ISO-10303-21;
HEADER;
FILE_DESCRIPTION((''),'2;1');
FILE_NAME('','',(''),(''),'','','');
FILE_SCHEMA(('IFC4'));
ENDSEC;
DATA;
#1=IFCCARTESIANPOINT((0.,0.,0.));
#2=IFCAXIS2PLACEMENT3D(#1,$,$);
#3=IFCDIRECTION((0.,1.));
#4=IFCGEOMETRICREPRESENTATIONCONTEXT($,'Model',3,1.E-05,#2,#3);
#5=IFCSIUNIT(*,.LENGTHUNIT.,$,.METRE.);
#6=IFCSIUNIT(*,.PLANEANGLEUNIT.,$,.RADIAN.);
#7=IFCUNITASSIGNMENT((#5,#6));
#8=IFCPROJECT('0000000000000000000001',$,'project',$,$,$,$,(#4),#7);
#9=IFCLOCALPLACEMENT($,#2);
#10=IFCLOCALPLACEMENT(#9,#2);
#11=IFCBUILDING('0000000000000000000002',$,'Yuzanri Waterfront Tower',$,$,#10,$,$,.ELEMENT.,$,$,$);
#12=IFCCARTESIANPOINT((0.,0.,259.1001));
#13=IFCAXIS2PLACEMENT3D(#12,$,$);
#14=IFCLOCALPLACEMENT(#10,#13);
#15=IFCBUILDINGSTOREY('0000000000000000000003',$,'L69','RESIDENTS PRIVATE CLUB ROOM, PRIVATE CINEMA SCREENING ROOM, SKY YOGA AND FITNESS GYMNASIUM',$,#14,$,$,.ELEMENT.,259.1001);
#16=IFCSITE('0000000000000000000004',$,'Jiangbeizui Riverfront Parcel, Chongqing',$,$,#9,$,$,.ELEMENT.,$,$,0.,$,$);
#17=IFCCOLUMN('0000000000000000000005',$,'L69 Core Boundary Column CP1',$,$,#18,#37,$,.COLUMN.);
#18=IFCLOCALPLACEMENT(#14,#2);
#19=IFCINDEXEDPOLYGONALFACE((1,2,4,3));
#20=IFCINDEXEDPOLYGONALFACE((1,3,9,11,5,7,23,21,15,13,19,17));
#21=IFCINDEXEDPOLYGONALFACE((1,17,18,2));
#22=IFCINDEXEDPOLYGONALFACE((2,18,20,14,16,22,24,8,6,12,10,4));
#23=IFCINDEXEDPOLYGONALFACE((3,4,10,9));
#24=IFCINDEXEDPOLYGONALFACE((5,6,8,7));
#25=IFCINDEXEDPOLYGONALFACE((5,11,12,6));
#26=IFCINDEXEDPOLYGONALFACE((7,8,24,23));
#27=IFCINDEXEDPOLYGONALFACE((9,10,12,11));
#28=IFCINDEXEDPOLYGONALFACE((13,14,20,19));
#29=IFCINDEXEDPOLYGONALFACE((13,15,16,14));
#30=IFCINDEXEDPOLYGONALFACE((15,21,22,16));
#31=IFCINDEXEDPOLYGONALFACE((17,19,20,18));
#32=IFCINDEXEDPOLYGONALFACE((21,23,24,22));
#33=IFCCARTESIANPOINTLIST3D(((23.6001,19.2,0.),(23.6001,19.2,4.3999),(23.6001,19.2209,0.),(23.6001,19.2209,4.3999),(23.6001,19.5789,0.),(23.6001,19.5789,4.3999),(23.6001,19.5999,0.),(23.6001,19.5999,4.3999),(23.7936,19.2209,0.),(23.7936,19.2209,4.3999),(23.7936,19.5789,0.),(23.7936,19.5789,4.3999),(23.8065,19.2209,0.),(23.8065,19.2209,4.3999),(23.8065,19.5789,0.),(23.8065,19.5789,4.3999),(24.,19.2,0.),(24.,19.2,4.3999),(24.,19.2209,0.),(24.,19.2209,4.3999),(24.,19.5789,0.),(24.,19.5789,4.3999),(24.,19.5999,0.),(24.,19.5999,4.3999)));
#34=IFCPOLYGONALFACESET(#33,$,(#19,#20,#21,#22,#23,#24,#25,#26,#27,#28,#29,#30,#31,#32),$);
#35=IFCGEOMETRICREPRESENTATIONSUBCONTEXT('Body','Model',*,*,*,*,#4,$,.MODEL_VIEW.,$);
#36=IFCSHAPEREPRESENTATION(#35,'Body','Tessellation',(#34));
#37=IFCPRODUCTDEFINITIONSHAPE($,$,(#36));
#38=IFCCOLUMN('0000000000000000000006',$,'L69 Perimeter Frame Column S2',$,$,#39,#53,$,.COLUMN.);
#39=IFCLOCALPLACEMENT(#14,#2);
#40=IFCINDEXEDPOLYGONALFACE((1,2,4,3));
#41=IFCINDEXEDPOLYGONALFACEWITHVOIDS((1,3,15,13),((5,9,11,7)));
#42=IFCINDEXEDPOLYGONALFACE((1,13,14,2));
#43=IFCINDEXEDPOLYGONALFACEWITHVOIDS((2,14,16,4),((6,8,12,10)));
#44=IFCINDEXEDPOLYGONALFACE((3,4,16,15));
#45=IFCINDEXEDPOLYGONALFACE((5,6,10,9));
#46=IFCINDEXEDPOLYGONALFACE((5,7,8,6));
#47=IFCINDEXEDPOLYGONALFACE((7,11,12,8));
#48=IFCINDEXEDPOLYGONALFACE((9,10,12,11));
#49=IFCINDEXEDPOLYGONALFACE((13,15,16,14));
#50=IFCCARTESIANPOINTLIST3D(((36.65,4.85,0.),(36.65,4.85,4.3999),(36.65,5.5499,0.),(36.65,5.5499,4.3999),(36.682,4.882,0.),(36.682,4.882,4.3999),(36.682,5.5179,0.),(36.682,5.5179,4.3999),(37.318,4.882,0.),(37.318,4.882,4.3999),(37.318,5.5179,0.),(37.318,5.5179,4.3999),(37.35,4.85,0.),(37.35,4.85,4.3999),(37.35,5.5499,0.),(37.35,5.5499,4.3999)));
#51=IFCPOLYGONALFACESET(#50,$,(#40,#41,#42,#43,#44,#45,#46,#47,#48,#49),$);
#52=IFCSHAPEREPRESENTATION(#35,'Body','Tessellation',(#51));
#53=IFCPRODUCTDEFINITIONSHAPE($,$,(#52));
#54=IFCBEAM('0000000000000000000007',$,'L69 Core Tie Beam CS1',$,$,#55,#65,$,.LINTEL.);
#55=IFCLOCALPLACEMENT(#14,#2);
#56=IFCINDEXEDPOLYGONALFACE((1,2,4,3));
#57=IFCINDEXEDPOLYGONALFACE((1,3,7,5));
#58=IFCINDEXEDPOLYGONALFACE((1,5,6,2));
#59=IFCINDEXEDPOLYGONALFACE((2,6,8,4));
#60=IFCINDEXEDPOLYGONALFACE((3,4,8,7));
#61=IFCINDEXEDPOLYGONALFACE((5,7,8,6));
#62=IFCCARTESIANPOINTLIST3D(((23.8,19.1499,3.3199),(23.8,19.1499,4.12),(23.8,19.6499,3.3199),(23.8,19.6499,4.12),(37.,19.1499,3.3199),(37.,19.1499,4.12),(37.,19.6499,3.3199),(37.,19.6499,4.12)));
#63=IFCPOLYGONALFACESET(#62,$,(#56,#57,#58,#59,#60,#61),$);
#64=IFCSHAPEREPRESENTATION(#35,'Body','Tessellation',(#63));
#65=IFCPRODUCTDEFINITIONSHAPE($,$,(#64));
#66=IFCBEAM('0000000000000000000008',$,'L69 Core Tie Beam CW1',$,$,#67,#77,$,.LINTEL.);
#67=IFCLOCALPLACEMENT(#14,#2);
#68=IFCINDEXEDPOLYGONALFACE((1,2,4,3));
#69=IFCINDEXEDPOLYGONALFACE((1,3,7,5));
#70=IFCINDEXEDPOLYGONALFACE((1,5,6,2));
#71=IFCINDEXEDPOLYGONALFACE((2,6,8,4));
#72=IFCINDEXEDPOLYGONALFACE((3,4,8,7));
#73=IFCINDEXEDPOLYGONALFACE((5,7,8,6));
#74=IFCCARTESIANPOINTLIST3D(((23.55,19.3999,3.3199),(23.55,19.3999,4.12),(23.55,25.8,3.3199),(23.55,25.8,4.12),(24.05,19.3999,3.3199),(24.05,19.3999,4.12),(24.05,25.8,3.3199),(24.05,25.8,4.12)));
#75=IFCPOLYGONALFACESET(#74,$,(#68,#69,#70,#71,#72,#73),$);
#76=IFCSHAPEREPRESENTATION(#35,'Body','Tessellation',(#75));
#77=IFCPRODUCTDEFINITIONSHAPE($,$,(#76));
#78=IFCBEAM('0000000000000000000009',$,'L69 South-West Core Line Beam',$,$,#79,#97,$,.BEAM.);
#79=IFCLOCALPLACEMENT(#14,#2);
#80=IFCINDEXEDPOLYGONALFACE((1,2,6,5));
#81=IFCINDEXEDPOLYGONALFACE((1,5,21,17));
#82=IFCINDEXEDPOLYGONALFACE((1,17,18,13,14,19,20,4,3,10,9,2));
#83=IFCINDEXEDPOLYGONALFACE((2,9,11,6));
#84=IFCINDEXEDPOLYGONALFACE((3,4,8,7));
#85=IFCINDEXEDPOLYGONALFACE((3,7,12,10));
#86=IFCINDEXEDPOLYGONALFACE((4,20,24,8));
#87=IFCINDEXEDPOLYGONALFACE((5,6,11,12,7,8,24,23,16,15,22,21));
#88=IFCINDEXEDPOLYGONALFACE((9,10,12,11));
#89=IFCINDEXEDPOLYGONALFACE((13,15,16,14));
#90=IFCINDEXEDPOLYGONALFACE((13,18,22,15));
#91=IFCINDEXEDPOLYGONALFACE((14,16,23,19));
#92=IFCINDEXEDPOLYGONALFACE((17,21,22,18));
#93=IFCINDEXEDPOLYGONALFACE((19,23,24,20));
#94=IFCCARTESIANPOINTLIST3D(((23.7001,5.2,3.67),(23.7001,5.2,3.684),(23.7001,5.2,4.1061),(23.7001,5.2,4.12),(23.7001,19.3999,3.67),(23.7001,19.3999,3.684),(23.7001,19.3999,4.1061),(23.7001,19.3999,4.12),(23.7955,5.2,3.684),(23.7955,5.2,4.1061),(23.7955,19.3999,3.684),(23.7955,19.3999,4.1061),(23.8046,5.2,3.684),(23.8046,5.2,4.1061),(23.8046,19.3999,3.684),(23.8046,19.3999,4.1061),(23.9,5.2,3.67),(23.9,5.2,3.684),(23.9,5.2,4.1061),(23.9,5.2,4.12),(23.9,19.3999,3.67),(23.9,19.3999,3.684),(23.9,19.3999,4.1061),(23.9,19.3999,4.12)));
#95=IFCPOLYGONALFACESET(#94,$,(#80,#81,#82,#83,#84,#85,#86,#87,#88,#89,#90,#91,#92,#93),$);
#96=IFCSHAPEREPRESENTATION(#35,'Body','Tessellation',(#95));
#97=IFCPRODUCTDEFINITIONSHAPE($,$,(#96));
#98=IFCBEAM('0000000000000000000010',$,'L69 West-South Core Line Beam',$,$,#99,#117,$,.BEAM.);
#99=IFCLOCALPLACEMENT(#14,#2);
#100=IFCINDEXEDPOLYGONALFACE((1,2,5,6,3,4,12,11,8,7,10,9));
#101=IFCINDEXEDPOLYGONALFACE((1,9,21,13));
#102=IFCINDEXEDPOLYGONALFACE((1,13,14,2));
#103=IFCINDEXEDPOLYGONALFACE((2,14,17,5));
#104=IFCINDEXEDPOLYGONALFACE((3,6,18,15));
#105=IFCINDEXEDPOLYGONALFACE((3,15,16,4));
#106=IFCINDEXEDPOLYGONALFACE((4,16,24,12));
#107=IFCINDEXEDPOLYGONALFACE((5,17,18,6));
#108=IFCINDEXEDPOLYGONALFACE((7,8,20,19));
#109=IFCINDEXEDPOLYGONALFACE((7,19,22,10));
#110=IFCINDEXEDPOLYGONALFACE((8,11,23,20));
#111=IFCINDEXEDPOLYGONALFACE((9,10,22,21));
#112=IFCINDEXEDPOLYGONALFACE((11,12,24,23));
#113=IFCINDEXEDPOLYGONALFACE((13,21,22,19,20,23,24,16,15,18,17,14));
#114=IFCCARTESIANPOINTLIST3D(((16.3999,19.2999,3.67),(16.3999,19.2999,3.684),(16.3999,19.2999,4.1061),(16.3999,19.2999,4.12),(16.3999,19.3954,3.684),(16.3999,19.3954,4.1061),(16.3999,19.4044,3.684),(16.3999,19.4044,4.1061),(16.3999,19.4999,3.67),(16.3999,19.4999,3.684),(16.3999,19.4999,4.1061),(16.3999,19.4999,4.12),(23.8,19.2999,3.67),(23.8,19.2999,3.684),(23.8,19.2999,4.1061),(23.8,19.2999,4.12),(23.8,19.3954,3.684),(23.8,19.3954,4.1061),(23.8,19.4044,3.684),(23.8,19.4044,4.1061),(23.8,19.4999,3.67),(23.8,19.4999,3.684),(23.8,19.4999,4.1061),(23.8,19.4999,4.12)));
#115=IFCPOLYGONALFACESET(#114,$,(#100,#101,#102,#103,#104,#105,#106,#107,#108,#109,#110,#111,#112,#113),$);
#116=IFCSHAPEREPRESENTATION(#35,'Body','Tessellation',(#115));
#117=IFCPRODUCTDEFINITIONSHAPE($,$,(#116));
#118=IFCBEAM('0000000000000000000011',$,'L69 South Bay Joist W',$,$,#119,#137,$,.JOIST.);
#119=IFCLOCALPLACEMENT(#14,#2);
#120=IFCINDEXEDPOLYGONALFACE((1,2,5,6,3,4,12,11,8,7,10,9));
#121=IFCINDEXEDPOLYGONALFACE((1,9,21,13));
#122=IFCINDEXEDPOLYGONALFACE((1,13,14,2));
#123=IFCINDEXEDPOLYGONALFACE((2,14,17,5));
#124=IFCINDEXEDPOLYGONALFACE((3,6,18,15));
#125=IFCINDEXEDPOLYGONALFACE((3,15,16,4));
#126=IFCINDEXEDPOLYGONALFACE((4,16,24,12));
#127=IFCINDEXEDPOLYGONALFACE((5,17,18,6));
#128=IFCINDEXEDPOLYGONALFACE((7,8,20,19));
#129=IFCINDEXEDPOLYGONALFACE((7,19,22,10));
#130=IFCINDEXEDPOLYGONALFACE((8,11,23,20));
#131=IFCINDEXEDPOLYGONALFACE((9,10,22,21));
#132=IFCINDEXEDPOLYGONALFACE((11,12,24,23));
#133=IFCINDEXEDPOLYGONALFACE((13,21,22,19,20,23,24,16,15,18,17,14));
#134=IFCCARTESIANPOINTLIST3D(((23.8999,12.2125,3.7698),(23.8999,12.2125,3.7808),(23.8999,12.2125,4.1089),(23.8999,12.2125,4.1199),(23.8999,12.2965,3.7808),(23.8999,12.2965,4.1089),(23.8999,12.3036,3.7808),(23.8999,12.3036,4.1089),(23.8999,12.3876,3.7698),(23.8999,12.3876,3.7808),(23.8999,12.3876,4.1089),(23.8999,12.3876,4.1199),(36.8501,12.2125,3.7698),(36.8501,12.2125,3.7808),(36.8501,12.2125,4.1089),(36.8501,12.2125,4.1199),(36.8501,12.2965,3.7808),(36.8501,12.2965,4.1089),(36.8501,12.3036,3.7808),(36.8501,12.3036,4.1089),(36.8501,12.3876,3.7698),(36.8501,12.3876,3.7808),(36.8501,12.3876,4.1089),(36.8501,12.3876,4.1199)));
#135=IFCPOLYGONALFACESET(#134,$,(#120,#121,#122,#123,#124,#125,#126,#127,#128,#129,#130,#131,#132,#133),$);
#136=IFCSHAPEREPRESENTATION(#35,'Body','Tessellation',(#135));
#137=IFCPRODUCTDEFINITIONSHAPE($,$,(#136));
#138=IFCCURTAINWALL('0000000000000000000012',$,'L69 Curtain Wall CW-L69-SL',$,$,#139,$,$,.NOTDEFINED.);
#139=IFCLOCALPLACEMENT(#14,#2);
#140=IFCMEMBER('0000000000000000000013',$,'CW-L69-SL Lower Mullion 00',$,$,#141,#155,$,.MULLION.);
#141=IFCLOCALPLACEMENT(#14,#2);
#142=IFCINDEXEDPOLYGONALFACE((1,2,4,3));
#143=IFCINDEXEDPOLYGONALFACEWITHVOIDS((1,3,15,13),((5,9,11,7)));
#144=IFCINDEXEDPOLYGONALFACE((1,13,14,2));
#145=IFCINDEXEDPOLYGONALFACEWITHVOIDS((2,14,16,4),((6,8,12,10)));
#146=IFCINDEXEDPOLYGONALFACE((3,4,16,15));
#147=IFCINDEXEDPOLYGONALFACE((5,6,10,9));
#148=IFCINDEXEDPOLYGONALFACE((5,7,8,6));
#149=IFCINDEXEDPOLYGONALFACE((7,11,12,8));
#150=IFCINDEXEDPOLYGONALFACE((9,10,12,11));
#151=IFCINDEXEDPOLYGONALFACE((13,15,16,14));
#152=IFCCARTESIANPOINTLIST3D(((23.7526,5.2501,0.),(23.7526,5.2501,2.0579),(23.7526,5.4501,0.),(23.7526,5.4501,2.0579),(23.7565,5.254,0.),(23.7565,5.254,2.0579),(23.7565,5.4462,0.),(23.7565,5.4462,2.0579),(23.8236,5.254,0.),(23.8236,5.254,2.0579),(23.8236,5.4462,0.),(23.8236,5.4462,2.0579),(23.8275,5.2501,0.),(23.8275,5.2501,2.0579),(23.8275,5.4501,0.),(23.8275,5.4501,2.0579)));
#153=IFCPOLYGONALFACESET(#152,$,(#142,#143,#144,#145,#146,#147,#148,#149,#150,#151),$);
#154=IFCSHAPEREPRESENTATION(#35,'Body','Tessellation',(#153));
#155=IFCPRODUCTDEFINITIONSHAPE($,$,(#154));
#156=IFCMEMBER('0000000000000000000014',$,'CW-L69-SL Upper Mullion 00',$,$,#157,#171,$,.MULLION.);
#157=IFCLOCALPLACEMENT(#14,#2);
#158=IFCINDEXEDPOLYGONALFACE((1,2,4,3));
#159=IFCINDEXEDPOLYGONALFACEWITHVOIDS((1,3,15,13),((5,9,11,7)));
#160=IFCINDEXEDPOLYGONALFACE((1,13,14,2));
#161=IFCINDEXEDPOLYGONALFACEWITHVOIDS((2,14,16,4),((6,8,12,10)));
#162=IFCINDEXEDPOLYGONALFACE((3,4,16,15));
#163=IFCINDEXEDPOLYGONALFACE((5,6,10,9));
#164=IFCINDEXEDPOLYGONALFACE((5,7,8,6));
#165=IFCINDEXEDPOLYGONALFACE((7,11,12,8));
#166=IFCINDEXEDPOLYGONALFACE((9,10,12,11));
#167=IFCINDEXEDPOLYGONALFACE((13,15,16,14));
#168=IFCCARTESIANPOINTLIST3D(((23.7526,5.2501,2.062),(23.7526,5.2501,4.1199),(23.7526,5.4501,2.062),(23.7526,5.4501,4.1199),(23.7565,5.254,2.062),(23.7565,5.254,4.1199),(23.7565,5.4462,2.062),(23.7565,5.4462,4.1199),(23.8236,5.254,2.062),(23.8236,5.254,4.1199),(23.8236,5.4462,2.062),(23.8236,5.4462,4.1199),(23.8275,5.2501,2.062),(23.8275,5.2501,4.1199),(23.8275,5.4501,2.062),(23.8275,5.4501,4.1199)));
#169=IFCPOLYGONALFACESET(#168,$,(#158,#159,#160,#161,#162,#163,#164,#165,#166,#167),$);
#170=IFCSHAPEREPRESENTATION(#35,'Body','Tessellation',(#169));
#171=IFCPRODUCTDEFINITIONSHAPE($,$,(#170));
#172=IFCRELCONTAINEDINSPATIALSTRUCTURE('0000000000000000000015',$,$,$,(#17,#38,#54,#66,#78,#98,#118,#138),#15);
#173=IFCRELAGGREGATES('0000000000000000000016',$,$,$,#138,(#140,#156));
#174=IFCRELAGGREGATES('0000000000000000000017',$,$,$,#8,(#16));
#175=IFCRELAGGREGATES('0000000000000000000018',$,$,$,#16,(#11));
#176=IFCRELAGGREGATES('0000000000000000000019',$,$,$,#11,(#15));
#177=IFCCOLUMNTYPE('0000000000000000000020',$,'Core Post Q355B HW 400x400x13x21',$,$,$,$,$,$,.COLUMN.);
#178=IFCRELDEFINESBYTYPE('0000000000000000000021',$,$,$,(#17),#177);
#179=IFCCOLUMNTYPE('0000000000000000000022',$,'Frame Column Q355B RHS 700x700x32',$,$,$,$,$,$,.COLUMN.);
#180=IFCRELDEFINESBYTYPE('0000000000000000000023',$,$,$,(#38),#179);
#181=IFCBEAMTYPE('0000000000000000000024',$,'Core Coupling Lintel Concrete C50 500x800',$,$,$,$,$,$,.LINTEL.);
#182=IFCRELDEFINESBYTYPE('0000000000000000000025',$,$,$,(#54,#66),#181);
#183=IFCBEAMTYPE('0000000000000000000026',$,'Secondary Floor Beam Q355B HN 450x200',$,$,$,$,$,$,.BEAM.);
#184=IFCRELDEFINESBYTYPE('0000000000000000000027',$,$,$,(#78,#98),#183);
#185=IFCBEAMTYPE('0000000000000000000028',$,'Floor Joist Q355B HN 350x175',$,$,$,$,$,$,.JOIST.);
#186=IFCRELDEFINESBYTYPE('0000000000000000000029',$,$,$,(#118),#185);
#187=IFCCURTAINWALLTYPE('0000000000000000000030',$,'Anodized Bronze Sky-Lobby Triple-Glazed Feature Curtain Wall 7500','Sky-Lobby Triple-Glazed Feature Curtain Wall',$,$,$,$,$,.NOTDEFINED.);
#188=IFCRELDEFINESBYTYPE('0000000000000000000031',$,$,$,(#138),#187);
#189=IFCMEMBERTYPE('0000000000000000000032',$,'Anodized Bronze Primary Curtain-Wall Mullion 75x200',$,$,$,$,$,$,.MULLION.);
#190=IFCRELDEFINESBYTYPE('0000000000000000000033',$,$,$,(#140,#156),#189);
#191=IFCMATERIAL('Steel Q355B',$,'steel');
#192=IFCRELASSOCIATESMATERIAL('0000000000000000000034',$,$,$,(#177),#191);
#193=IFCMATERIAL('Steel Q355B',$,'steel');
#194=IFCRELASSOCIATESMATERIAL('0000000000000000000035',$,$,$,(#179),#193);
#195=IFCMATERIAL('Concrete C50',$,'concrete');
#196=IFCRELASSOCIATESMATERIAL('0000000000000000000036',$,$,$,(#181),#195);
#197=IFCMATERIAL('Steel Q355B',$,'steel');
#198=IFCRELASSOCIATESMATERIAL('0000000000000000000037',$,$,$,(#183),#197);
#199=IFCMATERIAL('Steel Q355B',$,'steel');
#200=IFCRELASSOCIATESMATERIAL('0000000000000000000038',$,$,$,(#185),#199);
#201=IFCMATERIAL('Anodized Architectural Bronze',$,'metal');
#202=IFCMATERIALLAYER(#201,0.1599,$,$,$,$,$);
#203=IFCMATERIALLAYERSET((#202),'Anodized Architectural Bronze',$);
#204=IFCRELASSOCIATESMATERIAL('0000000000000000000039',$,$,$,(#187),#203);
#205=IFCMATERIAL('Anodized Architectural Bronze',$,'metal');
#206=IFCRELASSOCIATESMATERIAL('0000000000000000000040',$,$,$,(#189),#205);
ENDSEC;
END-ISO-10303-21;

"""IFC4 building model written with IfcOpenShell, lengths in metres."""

from ifc_helpers import new_model, si_unit, direction, frame, origin, origin_2d, place, context, subcontext, project, spatial, rectangle, hollow_rectangle, i_section, extrude, source, transform, mapped, material, layer, layer_set, material_profile, profile_set, type_object, element, aggregate, save


model = new_model("IFC4")

# Units and contexts
model_context = context("Model", 3, precision=1e-05, world=origin(), true_north=direction((0.0, 1.0)))
body_context = subcontext(model_context, "Body", "Model", "MODEL_VIEW")
ifc_project = project(units=[si_unit("LENGTHUNIT", "METRE"), si_unit("PLANEANGLEUNIT", "RADIAN")], contexts=[model_context])

# Site, building, storey
site_placement = place(None, origin())
site = spatial("IfcSite", under=ifc_project, at=site_placement, Name="Jiangbeizui Riverfront Parcel, Chongqing", CompositionType="ELEMENT", RefElevation=0.0)
building_placement = place(site_placement, origin())
building = spatial("IfcBuilding", under=site, at=building_placement, Name="Yuzanri Waterfront Tower", CompositionType="ELEMENT")
storey_placement = place(building_placement, frame((0.0, 0.0, 259.1001)))
storey = spatial("IfcBuildingStorey", under=building, at=storey_placement, Name="L69", Description="RESIDENTS PRIVATE CLUB ROOM, PRIVATE CINEMA SCREENING ROOM, SKY YOGA AND FITNESS GYMNASIUM", CompositionType="ELEMENT", Elevation=259.1001)

# Columns
ifc_material_1 = material(Name="Steel Q355B", Category="steel")
ifc_material_profile_1 = material_profile(ifc_material_1, i_section(OverallWidth=0.3999, OverallDepth=0.3999, WebThickness=0.0129, FlangeThickness=0.021, at=origin_2d()), Name="HW 400x400x13x21")
ifc_profile_set_1 = profile_set([ifc_material_profile_1], Name="Steel Q355B")
column_type_1 = type_object("IfcColumnType", Name="Core Post Q355B HW 400x400x13x21", PredefinedType="COLUMN", material=ifc_profile_set_1)
shared_shape_1 = source(origin(), body_context, "Body", "SweptSolid", [
    extrude(i_section(OverallWidth=0.3999, OverallDepth=0.3999, WebThickness=0.0129, FlangeThickness=0.021, at=origin_2d()), origin(), (0.0, 0.0, 1.0), 4.3999),
])
column_1_placement = place(storey_placement, frame((23.8, 19.3999, 0.0), z_axis=(0.0, 0.0, 1.0), x_axis=(1.0, 0.0, 0.0)))
element("IfcColumn", 1, at=column_1_placement, inside=storey, type_object=column_type_1, Name="L69 Core Boundary Column CP1", PredefinedType="COLUMN", context=body_context, shape_type="MappedRepresentation", body=[
    mapped(shared_shape_1, transform((0.0, 0.0, 0.0), scale=1.0)),
])
ifc_material_2 = material(Name="Steel Q355B", Category="steel")
ifc_material_profile_2 = material_profile(ifc_material_2, hollow_rectangle(XDim=0.7, YDim=0.7, WallThickness=0.032, at=origin_2d()), Name="RHS 700x700x32")
ifc_profile_set_2 = profile_set([ifc_material_profile_2], Name="Steel Q355B")
column_type_2 = type_object("IfcColumnType", Name="Frame Column Q355B RHS 700x700x32", PredefinedType="COLUMN", material=ifc_profile_set_2)
shared_shape_2 = source(origin(), body_context, "Body", "SweptSolid", [
    extrude(hollow_rectangle(XDim=0.7, YDim=0.7, WallThickness=0.032, at=origin_2d()), origin(), (0.0, 0.0, 1.0), 4.3999),
])
column_2_placement = place(storey_placement, frame((37.0, 5.2, 0.0), z_axis=(0.0, 0.0, 1.0), x_axis=(1.0, 0.0, 0.0)))
element("IfcColumn", 2, at=column_2_placement, inside=storey, type_object=column_type_2, Name="L69 Perimeter Frame Column S2", PredefinedType="COLUMN", context=body_context, shape_type="MappedRepresentation", body=[
    mapped(shared_shape_2, transform((0.0, 0.0, 0.0), scale=1.0)),
])

# Beams
ifc_material_3 = material(Name="Concrete C50", Category="concrete")
ifc_material_profile_3 = material_profile(ifc_material_3, rectangle(XDim=0.5, YDim=0.8, at=origin_2d()), Name="RC 500x800")
ifc_profile_set_3 = profile_set([ifc_material_profile_3], Name="Concrete C50")
beam_type_1 = type_object("IfcBeamType", Name="Core Coupling Lintel Concrete C50 500x800", PredefinedType="LINTEL", material=ifc_profile_set_3)
shared_shape_3 = source(origin(), body_context, "Body", "SweptSolid", [
    extrude(rectangle(XDim=0.5, YDim=0.8, at=origin_2d()), origin(), (0.0, 0.0, 1.0), 13.2),
])
beam_1_placement = place(storey_placement, frame((23.8, 19.3999, 3.72), z_axis=(1.0, 0.0, 0.0), x_axis=(0.0, 1.0, 0.0)))
element("IfcBeam", 3, at=beam_1_placement, inside=storey, type_object=beam_type_1, Name="L69 Core Tie Beam CS1", PredefinedType="LINTEL", context=body_context, shape_type="MappedRepresentation", body=[
    mapped(shared_shape_3, transform((0.0, 0.0, 0.0), scale=1.0)),
])
shared_shape_4 = source(origin(), body_context, "Body", "SweptSolid", [
    extrude(rectangle(XDim=0.5, YDim=0.8, at=origin_2d()), origin(), (0.0, 0.0, 1.0), 6.4001),
])
beam_2_placement = place(storey_placement, frame((23.8, 19.3999, 3.72), z_axis=(0.0, 1.0, 0.0), x_axis=(-1.0, 0.0, 0.0)))
element("IfcBeam", 4, at=beam_2_placement, inside=storey, type_object=beam_type_1, Name="L69 Core Tie Beam CW1", PredefinedType="LINTEL", context=body_context, shape_type="MappedRepresentation", body=[
    mapped(shared_shape_4, transform((0.0, 0.0, 0.0), scale=1.0)),
])
ifc_material_4 = material(Name="Steel Q355B", Category="steel")
ifc_material_profile_4 = material_profile(ifc_material_4, i_section(OverallWidth=0.2, OverallDepth=0.45, WebThickness=0.009, FlangeThickness=0.0139, at=origin_2d()), Name="HN 450x200x9x14")
ifc_profile_set_4 = profile_set([ifc_material_profile_4], Name="Steel Q355B")
beam_type_2 = type_object("IfcBeamType", Name="Secondary Floor Beam Q355B HN 450x200", PredefinedType="BEAM", material=ifc_profile_set_4)
shared_shape_5 = source(origin(), body_context, "Body", "SweptSolid", [
    extrude(i_section(OverallWidth=0.2, OverallDepth=0.45, WebThickness=0.009, FlangeThickness=0.0139, at=origin_2d()), origin(), (0.0, 0.0, 1.0), 14.2),
])
beam_3_placement = place(storey_placement, frame((23.8, 19.3999, 3.895), z_axis=(0.0, -1.0, 0.0), x_axis=(1.0, 0.0, 0.0)))
element("IfcBeam", 5, at=beam_3_placement, inside=storey, type_object=beam_type_2, Name="L69 South-West Core Line Beam", PredefinedType="BEAM", context=body_context, shape_type="MappedRepresentation", body=[
    mapped(shared_shape_5, transform((0.0, 0.0, 0.0), scale=1.0)),
])
shared_shape_6 = source(origin(), body_context, "Body", "SweptSolid", [
    extrude(i_section(OverallWidth=0.2, OverallDepth=0.45, WebThickness=0.009, FlangeThickness=0.0139, at=origin_2d()), origin(), (0.0, 0.0, 1.0), 7.4001),
])
beam_4_placement = place(storey_placement, frame((23.8, 19.3999, 3.895), z_axis=(-1.0, 0.0, 0.0), x_axis=(0.0, -1.0, 0.0)))
element("IfcBeam", 6, at=beam_4_placement, inside=storey, type_object=beam_type_2, Name="L69 West-South Core Line Beam", PredefinedType="BEAM", context=body_context, shape_type="MappedRepresentation", body=[
    mapped(shared_shape_6, transform((0.0, 0.0, 0.0), scale=1.0)),
])
ifc_material_5 = material(Name="Steel Q355B", Category="steel")
ifc_material_profile_5 = material_profile(ifc_material_5, i_section(OverallWidth=0.175, OverallDepth=0.3501, WebThickness=0.0071, FlangeThickness=0.011, at=origin_2d()), Name="HN 350x175x7x11")
ifc_profile_set_5 = profile_set([ifc_material_profile_5], Name="Steel Q355B")
beam_type_3 = type_object("IfcBeamType", Name="Floor Joist Q355B HN 350x175", PredefinedType="JOIST", material=ifc_profile_set_5)
shared_shape_7 = source(origin(), body_context, "Body", "SweptSolid", [
    extrude(i_section(OverallWidth=0.175, OverallDepth=0.3501, WebThickness=0.0071, FlangeThickness=0.011, at=origin_2d()), origin(), (0.0, 0.0, 1.0), 12.9502),
])
beam_5_placement = place(storey_placement, frame((23.8999, 12.3, 3.9448), z_axis=(1.0, 0.0, 0.0), x_axis=(0.0, 1.0, 0.0)))
element("IfcBeam", 7, at=beam_5_placement, inside=storey, type_object=beam_type_3, Name="L69 South Bay Joist W", PredefinedType="JOIST", context=body_context, shape_type="MappedRepresentation", body=[
    mapped(shared_shape_7, transform((0.0, 0.0, 0.0), scale=1.0)),
])

# Curtain wall, members
ifc_material_6 = material(Name="Anodized Architectural Bronze", Category="metal")
ifc_layer_1 = layer(ifc_material_6, 0.1599)
ifc_layer_set_1 = layer_set([ifc_layer_1], Name="Anodized Architectural Bronze")
curtain_wall_type = type_object("IfcCurtainWallType", Name="Anodized Bronze Sky-Lobby Triple-Glazed Feature Curtain Wall 7500", Description="Sky-Lobby Triple-Glazed Feature Curtain Wall", PredefinedType="NOTDEFINED", material=ifc_layer_set_1)
curtain_wall_placement = place(storey_placement, origin())
curtain_wall = element("IfcCurtainWall", 8, at=curtain_wall_placement, inside=storey, type_object=curtain_wall_type, Name="L69 Curtain Wall CW-L69-SL", PredefinedType="NOTDEFINED")
ifc_material_7 = material(Name="Anodized Architectural Bronze", Category="metal")
ifc_material_profile_6 = material_profile(ifc_material_7, hollow_rectangle(XDim=0.075, YDim=0.2, WallThickness=0.0039, at=origin_2d()), Name="CWM 75x200")
ifc_profile_set_6 = profile_set([ifc_material_profile_6], Name="Anodized Architectural Bronze")
member_type_1 = type_object("IfcMemberType", Name="Anodized Bronze Primary Curtain-Wall Mullion 75x200", PredefinedType="MULLION", material=ifc_profile_set_6)
shared_shape_8 = source(origin(), body_context, "Body", "SweptSolid", [
    extrude(hollow_rectangle(XDim=0.075, YDim=0.2, WallThickness=0.0039, at=origin_2d()), origin(), (0.0, 0.0, 1.0), 2.0579),
])
member_1_placement = place(storey_placement, frame((23.79, 5.3501, 0.0), z_axis=(0.0, 0.0, 1.0), x_axis=(1.0, 0.0, 0.0)))
member_1 = element("IfcMember", 9, at=member_1_placement, type_object=member_type_1, Name="CW-L69-SL Lower Mullion 00", PredefinedType="MULLION", context=body_context, shape_type="MappedRepresentation", body=[
    mapped(shared_shape_8, transform((0.0, 0.0, 0.0), scale=1.0)),
])
member_2_placement = place(storey_placement, frame((23.79, 5.3501, 2.062), z_axis=(0.0, 0.0, 1.0), x_axis=(1.0, 0.0, 0.0)))
member_2 = element("IfcMember", 10, at=member_2_placement, type_object=member_type_1, Name="CW-L69-SL Upper Mullion 00", PredefinedType="MULLION", context=body_context, shape_type="MappedRepresentation", body=[
    mapped(shared_shape_8, transform((0.0, 0.0, 0.0), scale=1.0)),
])
aggregate(curtain_wall, [member_1, member_2])

save(model, "model.ifc")
